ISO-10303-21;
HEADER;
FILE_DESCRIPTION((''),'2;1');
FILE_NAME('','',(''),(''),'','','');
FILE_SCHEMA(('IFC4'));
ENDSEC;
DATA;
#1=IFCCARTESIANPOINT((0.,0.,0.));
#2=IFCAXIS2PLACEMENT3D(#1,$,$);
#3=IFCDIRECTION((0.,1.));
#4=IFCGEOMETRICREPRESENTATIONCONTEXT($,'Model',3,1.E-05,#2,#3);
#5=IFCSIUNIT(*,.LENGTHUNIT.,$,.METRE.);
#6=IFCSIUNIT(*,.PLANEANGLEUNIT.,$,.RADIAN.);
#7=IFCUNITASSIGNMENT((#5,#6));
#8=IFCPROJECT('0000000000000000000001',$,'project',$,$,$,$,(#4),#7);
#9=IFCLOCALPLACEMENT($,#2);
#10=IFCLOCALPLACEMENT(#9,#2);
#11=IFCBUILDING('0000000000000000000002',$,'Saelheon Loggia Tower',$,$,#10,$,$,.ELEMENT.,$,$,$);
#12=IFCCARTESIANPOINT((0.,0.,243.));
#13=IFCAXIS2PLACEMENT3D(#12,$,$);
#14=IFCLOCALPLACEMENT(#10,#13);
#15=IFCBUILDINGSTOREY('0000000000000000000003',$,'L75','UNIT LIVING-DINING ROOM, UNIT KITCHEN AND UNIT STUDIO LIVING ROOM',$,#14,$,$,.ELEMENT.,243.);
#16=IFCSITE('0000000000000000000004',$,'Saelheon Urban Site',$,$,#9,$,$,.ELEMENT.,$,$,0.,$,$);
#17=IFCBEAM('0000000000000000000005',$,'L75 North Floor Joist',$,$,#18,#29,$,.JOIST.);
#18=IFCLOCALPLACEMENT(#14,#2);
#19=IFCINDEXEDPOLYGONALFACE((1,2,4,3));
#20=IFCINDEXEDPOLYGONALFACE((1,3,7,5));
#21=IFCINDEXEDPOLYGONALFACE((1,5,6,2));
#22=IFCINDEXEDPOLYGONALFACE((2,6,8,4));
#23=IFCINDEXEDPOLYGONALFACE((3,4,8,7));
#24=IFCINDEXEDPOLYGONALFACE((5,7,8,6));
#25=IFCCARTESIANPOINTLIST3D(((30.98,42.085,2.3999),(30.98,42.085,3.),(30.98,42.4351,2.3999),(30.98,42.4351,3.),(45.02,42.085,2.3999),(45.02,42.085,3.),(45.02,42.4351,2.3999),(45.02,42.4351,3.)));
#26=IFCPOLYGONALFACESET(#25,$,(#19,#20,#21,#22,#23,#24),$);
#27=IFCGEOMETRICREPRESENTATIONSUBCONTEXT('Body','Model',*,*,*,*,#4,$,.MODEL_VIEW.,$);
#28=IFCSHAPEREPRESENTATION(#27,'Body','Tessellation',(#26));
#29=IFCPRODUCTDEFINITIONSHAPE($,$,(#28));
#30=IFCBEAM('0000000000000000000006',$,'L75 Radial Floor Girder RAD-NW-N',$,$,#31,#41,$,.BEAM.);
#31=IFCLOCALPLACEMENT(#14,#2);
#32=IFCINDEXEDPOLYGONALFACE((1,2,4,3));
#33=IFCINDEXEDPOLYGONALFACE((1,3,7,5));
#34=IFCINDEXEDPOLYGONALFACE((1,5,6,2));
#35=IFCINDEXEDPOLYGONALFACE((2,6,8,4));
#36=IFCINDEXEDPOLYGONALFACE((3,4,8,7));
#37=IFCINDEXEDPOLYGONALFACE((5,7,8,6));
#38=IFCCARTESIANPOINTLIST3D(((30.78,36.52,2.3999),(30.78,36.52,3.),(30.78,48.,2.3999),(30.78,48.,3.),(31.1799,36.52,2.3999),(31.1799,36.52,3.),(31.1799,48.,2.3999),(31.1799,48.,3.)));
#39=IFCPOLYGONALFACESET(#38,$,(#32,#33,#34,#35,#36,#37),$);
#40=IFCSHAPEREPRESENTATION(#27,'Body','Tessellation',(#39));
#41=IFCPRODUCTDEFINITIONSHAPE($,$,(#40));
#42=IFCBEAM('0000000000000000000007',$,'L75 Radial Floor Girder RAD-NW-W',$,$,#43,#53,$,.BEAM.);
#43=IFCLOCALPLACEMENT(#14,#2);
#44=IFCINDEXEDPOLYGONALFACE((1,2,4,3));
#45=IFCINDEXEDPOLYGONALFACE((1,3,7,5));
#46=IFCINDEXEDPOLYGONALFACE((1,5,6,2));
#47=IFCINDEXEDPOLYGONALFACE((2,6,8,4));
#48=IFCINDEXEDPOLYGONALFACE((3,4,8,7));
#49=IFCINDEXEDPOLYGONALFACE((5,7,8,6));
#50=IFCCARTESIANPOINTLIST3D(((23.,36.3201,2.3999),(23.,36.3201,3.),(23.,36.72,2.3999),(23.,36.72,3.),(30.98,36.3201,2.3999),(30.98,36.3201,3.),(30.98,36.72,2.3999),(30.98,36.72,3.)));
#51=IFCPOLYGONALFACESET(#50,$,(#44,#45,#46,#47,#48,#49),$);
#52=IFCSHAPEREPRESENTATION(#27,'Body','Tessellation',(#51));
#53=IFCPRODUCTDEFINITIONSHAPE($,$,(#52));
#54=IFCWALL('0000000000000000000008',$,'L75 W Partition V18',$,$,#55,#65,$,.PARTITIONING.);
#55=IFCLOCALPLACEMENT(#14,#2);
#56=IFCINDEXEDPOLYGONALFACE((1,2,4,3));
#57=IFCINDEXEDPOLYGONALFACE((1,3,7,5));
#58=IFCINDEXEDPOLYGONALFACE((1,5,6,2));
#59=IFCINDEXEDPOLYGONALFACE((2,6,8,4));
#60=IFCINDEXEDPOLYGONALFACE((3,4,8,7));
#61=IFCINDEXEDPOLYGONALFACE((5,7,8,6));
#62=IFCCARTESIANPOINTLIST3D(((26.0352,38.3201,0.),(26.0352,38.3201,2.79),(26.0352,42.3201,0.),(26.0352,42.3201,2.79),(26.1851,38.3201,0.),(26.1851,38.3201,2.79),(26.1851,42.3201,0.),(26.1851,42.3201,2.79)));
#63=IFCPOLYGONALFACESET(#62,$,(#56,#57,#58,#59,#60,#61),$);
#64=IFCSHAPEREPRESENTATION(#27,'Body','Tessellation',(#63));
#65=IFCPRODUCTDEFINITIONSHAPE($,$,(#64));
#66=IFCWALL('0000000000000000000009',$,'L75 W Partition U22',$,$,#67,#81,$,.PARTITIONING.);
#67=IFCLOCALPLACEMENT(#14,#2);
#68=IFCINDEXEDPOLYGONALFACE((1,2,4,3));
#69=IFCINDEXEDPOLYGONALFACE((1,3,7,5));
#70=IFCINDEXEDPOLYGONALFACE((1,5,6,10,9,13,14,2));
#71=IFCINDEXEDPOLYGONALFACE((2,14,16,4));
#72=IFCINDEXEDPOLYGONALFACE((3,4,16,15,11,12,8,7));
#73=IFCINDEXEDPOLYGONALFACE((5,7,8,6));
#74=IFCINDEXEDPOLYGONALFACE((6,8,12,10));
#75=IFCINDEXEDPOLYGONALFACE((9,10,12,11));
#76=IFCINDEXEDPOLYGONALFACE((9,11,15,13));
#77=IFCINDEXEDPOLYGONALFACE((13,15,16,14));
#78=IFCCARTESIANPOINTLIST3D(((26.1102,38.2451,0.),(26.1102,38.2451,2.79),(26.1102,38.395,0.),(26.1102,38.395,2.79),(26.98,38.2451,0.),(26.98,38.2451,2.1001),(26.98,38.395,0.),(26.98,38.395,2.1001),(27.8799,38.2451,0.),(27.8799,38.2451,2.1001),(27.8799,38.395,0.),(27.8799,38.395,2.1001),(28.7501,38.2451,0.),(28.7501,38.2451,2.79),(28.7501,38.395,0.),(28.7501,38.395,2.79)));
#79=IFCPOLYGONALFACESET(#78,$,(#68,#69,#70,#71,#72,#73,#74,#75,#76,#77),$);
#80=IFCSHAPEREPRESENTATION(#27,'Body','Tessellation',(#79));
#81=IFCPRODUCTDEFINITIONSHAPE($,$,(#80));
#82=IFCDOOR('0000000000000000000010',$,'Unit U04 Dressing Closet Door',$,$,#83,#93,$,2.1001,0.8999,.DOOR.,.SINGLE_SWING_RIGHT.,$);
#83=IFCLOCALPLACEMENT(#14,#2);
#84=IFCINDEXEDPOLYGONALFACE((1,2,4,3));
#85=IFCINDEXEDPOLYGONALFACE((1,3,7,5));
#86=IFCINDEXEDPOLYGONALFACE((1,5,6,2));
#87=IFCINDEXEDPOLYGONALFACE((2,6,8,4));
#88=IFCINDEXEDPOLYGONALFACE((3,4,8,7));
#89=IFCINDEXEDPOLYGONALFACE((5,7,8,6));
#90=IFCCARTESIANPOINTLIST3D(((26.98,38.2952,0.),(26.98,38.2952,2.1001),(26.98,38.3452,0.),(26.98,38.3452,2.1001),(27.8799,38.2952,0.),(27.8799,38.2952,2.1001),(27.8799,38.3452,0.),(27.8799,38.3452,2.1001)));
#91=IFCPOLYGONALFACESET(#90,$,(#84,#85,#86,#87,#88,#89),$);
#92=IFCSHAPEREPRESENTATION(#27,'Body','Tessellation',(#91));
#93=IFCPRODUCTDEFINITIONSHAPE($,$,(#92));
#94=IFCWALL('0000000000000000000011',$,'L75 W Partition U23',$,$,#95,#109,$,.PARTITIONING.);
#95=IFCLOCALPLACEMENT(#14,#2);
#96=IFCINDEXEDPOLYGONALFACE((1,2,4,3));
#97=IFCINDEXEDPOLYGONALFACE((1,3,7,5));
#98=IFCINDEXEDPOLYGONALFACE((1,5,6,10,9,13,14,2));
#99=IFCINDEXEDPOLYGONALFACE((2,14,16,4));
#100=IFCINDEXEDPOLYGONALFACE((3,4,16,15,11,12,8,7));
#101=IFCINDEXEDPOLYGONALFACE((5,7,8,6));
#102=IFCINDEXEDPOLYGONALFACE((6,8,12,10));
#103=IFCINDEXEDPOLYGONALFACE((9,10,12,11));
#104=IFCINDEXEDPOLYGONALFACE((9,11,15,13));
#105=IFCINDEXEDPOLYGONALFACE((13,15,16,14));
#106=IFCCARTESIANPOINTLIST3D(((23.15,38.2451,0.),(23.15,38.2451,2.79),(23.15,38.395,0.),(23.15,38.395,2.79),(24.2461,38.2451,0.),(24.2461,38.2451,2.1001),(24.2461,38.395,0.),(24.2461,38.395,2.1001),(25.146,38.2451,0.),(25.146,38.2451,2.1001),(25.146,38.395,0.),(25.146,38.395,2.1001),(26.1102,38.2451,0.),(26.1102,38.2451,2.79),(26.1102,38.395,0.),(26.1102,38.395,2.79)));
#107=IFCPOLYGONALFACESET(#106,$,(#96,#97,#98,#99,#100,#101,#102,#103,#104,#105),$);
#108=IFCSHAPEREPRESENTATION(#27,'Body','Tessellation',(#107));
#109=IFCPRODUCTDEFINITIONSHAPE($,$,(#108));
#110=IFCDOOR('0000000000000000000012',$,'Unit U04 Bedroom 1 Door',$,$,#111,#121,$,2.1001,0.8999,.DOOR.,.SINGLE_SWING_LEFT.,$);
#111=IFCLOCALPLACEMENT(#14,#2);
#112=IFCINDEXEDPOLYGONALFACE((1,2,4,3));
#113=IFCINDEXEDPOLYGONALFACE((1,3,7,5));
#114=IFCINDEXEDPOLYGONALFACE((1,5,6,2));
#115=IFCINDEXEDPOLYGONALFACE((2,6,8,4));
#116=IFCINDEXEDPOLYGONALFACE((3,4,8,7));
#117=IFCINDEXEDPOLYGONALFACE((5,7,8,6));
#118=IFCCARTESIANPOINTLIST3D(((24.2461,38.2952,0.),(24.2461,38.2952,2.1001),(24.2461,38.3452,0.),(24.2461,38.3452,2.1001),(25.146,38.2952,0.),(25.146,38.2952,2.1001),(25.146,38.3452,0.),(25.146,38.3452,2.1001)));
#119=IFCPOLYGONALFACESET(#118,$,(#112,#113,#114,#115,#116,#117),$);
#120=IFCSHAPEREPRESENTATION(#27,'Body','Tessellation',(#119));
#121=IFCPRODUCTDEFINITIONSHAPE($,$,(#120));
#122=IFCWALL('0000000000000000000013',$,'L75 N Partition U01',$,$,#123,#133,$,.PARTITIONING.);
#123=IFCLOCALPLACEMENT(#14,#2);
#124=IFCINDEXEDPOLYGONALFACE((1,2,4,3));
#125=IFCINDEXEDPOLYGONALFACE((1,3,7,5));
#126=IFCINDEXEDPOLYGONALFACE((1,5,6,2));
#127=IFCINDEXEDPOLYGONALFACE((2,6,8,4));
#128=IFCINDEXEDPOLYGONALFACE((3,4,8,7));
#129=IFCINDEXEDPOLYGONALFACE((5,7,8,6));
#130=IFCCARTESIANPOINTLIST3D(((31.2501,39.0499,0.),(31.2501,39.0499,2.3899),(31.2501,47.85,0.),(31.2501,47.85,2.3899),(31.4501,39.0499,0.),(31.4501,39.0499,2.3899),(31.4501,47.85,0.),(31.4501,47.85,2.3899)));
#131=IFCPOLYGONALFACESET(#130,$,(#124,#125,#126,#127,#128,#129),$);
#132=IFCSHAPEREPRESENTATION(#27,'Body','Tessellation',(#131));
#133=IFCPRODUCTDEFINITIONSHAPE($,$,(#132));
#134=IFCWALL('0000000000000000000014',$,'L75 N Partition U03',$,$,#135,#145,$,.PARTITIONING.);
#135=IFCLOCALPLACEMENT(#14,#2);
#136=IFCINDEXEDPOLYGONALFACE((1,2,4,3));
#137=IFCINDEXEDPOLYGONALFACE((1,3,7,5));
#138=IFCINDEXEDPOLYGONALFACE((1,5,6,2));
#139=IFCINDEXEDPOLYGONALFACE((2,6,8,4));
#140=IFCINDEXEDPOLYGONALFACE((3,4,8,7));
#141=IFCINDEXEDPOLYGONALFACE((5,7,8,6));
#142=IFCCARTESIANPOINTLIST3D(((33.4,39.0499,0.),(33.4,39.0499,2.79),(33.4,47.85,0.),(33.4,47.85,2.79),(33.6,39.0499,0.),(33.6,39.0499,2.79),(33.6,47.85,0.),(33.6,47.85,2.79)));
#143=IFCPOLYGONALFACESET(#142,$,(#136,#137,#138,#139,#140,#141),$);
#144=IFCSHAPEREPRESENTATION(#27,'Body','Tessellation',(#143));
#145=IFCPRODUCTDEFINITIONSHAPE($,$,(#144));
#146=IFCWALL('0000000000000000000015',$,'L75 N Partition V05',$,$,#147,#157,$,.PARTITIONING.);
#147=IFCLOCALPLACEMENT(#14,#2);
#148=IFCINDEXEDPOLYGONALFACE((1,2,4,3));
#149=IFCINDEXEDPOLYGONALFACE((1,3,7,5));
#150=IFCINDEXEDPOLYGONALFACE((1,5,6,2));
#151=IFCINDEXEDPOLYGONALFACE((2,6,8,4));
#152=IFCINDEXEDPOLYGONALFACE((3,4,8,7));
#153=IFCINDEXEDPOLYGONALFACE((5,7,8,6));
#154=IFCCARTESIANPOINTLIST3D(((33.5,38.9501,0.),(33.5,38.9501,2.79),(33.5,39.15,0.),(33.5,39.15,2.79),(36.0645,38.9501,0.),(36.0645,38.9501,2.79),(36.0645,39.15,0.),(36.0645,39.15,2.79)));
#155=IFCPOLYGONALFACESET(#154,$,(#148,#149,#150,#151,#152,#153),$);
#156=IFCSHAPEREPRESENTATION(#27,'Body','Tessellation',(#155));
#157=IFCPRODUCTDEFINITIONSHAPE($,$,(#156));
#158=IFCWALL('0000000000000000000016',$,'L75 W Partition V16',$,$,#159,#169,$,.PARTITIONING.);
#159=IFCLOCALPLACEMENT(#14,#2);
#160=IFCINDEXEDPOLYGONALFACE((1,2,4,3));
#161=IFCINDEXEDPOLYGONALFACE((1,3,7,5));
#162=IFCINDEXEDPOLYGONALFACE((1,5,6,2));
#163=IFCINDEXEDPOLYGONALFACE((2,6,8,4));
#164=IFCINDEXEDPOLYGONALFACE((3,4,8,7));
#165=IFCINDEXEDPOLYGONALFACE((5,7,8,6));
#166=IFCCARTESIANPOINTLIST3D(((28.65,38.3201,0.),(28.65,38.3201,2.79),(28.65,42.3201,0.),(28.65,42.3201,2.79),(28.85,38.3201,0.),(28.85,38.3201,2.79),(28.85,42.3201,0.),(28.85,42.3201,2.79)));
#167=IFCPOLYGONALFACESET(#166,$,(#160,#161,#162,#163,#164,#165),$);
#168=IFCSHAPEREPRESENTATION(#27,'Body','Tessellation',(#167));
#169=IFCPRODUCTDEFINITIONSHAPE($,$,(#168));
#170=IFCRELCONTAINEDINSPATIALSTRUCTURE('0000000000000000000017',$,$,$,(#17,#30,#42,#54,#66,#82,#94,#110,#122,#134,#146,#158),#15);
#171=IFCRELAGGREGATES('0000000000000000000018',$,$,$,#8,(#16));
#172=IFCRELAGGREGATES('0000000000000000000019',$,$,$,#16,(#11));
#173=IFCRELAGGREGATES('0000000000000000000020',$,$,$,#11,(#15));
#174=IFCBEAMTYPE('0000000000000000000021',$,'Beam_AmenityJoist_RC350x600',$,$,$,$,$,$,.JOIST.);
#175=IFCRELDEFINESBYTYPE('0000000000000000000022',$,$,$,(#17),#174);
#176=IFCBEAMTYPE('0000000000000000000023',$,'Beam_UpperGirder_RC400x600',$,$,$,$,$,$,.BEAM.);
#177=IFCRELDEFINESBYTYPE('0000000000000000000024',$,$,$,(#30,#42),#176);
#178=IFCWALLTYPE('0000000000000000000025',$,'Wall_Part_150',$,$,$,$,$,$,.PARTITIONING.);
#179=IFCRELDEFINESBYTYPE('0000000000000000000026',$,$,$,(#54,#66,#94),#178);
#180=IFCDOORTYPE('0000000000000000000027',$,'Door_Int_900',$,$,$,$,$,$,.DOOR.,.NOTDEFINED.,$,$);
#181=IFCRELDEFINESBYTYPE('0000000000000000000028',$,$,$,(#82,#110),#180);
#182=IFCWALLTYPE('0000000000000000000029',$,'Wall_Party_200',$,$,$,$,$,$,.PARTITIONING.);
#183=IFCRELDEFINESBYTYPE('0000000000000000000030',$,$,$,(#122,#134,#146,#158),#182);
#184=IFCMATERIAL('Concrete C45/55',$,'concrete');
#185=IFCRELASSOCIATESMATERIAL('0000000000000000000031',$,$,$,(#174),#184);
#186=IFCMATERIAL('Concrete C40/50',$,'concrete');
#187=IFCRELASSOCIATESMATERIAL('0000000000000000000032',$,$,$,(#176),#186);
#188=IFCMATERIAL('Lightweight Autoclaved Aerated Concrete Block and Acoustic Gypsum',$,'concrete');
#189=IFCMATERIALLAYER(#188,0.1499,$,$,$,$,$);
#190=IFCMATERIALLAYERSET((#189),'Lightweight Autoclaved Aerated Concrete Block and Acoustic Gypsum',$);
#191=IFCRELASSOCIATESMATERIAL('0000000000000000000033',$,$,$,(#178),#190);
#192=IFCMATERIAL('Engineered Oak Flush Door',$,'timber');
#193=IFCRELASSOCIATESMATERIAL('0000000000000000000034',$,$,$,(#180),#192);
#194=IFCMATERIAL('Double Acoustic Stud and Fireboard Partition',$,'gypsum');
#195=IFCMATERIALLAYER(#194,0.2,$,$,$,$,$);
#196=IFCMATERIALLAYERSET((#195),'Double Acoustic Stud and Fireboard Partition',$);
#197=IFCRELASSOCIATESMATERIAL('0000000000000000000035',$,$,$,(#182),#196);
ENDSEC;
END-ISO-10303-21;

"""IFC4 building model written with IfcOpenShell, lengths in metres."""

from ifc_helpers import new_model, si_unit, direction, frame, frame_2d, origin, origin_2d, place, context, subcontext, project, spatial, rectangle, extrude, source, transform, mapped, material, layer, layer_set, material_profile, profile_set, type_object, element, fill, save


model = new_model("IFC4")

# Units and contexts
model_context = context("Model", 3, precision=1e-05, world=origin(), true_north=direction((0.0, 1.0)))
body_context = subcontext(model_context, "Body", "Model", "MODEL_VIEW")
ifc_project = project(units=[si_unit("LENGTHUNIT", "METRE"), si_unit("PLANEANGLEUNIT", "RADIAN")], contexts=[model_context])

# Site, building, storey
site_placement = place(None, origin())
site = spatial("IfcSite", under=ifc_project, at=site_placement, Name="Saelheon Urban Site", CompositionType="ELEMENT", RefElevation=0.0)
building_placement = place(site_placement, origin())
building = spatial("IfcBuilding", under=site, at=building_placement, Name="Saelheon Loggia Tower", CompositionType="ELEMENT")
storey_placement = place(building_placement, frame((0.0, 0.0, 243.0)))
storey = spatial("IfcBuildingStorey", under=building, at=storey_placement, Name="L75", Description="UNIT LIVING-DINING ROOM, UNIT KITCHEN AND UNIT STUDIO LIVING ROOM", CompositionType="ELEMENT", Elevation=243.0)

# Beams
ifc_material_1 = material(Name="Concrete C45/55", Category="concrete")
ifc_material_profile_1 = material_profile(ifc_material_1, rectangle(XDim=0.3501, YDim=0.6001, at=origin_2d()), Name="RC-350x600")
ifc_profile_set_1 = profile_set([ifc_material_profile_1], Name="Concrete C45/55")
beam_type_1 = type_object("IfcBeamType", Name="Beam_AmenityJoist_RC350x600", PredefinedType="JOIST", material=ifc_profile_set_1)
shared_shape_1 = source(origin(), body_context, "Body", "SweptSolid", [
    extrude(rectangle(XDim=0.3501, YDim=0.6001, at=origin_2d()), origin(), (0.0, 0.0, 1.0), 14.04),
])
beam_1_placement = place(storey_placement, frame((30.98, 42.26, 2.7), z_axis=(1.0, 0.0, 0.0), x_axis=(0.0, 1.0, 0.0)))
element("IfcBeam", 1, at=beam_1_placement, inside=storey, type_object=beam_type_1, Name="L75 North Floor Joist", PredefinedType="JOIST", context=body_context, shape_type="MappedRepresentation", body=[
    mapped(shared_shape_1, transform((0.0, 0.0, 0.0), scale=1.0)),
])
ifc_material_2 = material(Name="Concrete C40/50", Category="concrete")
ifc_material_profile_2 = material_profile(ifc_material_2, rectangle(XDim=0.3999, YDim=0.6001, at=origin_2d()), Name="RC-400x600")
ifc_profile_set_2 = profile_set([ifc_material_profile_2], Name="Concrete C40/50")
beam_type_2 = type_object("IfcBeamType", Name="Beam_UpperGirder_RC400x600", PredefinedType="BEAM", material=ifc_profile_set_2)
shared_shape_2 = source(origin(), body_context, "Body", "SweptSolid", [
    extrude(rectangle(XDim=0.3999, YDim=0.6001, at=origin_2d()), origin(), (0.0, 0.0, 1.0), 11.48),
])
beam_2_placement = place(storey_placement, frame((30.98, 36.52, 2.7), z_axis=(0.0, 1.0, 0.0), x_axis=(-1.0, 0.0, 0.0)))
element("IfcBeam", 2, at=beam_2_placement, inside=storey, type_object=beam_type_2, Name="L75 Radial Floor Girder RAD-NW-N", PredefinedType="BEAM", context=body_context, shape_type="MappedRepresentation", body=[
    mapped(shared_shape_2, transform((0.0, 0.0, 0.0), scale=1.0)),
])
shared_shape_3 = source(origin(), body_context, "Body", "SweptSolid", [
    extrude(rectangle(XDim=0.3999, YDim=0.6001, at=origin_2d()), origin(), (0.0, 0.0, 1.0), 7.98),
])
beam_3_placement = place(storey_placement, frame((30.98, 36.52, 2.7), z_axis=(-1.0, 0.0, 0.0), x_axis=(0.0, -1.0, 0.0)))
element("IfcBeam", 3, at=beam_3_placement, inside=storey, type_object=beam_type_2, Name="L75 Radial Floor Girder RAD-NW-W", PredefinedType="BEAM", context=body_context, shape_type="MappedRepresentation", body=[
    mapped(shared_shape_3, transform((0.0, 0.0, 0.0), scale=1.0)),
])

# Wall
ifc_material_3 = material(Name="Lightweight Autoclaved Aerated Concrete Block and Acoustic Gypsum", Category="concrete")
ifc_layer_1 = layer(ifc_material_3, 0.1499)
ifc_layer_set_1 = layer_set([ifc_layer_1], Name="Lightweight Autoclaved Aerated Concrete Block and Acoustic Gypsum")
wall_type_1 = type_object("IfcWallType", Name="Wall_Part_150", PredefinedType="PARTITIONING", material=ifc_layer_set_1)
wall_1_placement = place(storey_placement, frame((26.1101, 38.3201, 0.0), z_axis=(0.0, 0.0, 1.0), x_axis=(0.0, 1.0, 0.0)))
element("IfcWall", 4, at=wall_1_placement, inside=storey, type_object=wall_type_1, Name="L75 W Partition V18", PredefinedType="PARTITIONING", context=body_context, shape_type="SweptSolid", body=[
    extrude(rectangle(XDim=4.0, YDim=0.1499, at=frame_2d((2.0, 0.0))), origin(), (0.0, 0.0, 1.0), 2.79),
])

# Walls, openings, doors
wall_2_placement = place(storey_placement, frame((28.75, 38.3201, 0.0), z_axis=(0.0, 0.0, 1.0), x_axis=(-1.0, 0.0, 0.0)))
wall_2 = element("IfcWall", 5, at=wall_2_placement, inside=storey, type_object=wall_type_1, Name="L75 W Partition U22", PredefinedType="PARTITIONING", context=body_context, shape_type="SweptSolid", body=[
    extrude(rectangle(XDim=2.6399, YDim=0.1499, at=frame_2d((1.3198, 0.0))), origin(), (0.0, 0.0, 1.0), 2.79),
])
opening_1_placement = place(wall_2_placement, frame((0.8701, 0.0, 0.0)))
opening_1 = element("IfcOpeningElement", 6, at=opening_1_placement, cuts=wall_2, PredefinedType="OPENING", context=body_context, shape_type="SweptSolid", body=[
    extrude(rectangle(XDim=0.8999, YDim=2.1001, at=frame_2d((0.45, 1.05))), frame((0.0, 0.0869, 0.0), z_axis=(0.0, -1.0, 0.0), x_axis=(1.0, 0.0, 0.0)), (0.0, 0.0, 1.0), 0.1738),
])
ifc_material_4 = material(Name="Engineered Oak Flush Door", Category="timber")
door_type_1 = type_object("IfcDoorType", Name="Door_Int_900", OperationType="NOTDEFINED", PredefinedType="DOOR", material=ifc_material_4)
shared_shape_4 = source(origin(), body_context, "Body", "SweptSolid", [
    extrude(rectangle(XDim=0.8999, YDim=2.1001, at=frame_2d((0.45, 1.05))), frame((0.0, 0.0249, 0.0), z_axis=(0.0, -1.0, 0.0), x_axis=(1.0, 0.0, 0.0)), (0.0, 0.0, 1.0), 0.05),
])
door_1_placement = place(opening_1_placement, origin())
door_1 = element("IfcDoor", 7, at=door_1_placement, inside=storey, type_object=door_type_1, Name="Unit U04 Dressing Closet Door", OperationType="SINGLE_SWING_RIGHT", OverallHeight=2.1001, OverallWidth=0.8999, PredefinedType="DOOR", context=body_context, shape_type="MappedRepresentation", body=[
    mapped(shared_shape_4, transform((0.0, 0.0, 0.0), scale=1.0)),
])
fill(opening_1, door_1)
wall_3_placement = place(storey_placement, frame((26.1101, 38.3201, 0.0), z_axis=(0.0, 0.0, 1.0), x_axis=(-1.0, 0.0, 0.0)))
wall_3 = element("IfcWall", 8, at=wall_3_placement, inside=storey, type_object=wall_type_1, Name="L75 W Partition U23", PredefinedType="PARTITIONING", context=body_context, shape_type="SweptSolid", body=[
    extrude(rectangle(XDim=2.9602, YDim=0.1499, at=frame_2d((1.48, 0.0))), origin(), (0.0, 0.0, 1.0), 2.79),
])
opening_2_placement = place(wall_3_placement, frame((0.9641, 0.0, 0.0)))
opening_2 = element("IfcOpeningElement", 9, at=opening_2_placement, cuts=wall_3, PredefinedType="OPENING", context=body_context, shape_type="SweptSolid", body=[
    extrude(rectangle(XDim=0.8999, YDim=2.1001, at=frame_2d((0.45, 1.05))), frame((0.0, 0.0869, 0.0), z_axis=(0.0, -1.0, 0.0), x_axis=(1.0, 0.0, 0.0)), (0.0, 0.0, 1.0), 0.1738),
])
door_2_placement = place(opening_2_placement, origin())
door_2 = element("IfcDoor", 10, at=door_2_placement, inside=storey, type_object=door_type_1, Name="Unit U04 Bedroom 1 Door", OperationType="SINGLE_SWING_LEFT", OverallHeight=2.1001, OverallWidth=0.8999, PredefinedType="DOOR", context=body_context, shape_type="MappedRepresentation", body=[
    mapped(shared_shape_4, transform((0.0, 0.0, 0.0), scale=1.0)),
])
fill(opening_2, door_2)

# Walls
ifc_material_5 = material(Name="Double Acoustic Stud and Fireboard Partition", Category="gypsum")
ifc_layer_2 = layer(ifc_material_5, 0.2)
ifc_layer_set_2 = layer_set([ifc_layer_2], Name="Double Acoustic Stud and Fireboard Partition")
wall_type_2 = type_object("IfcWallType", Name="Wall_Party_200", PredefinedType="PARTITIONING", material=ifc_layer_set_2)
wall_4_placement = place(storey_placement, frame((31.3501, 39.05, 0.0), z_axis=(0.0, 0.0, 1.0), x_axis=(0.0, 1.0, 0.0)))
element("IfcWall", 11, at=wall_4_placement, inside=storey, type_object=wall_type_2, Name="L75 N Partition U01", PredefinedType="PARTITIONING", context=body_context, shape_type="SweptSolid", body=[
    extrude(rectangle(XDim=8.8, YDim=0.2, at=frame_2d((4.3999, 0.0))), origin(), (0.0, 0.0, 1.0), 2.3899),
])
wall_5_placement = place(storey_placement, frame((33.5, 39.05, 0.0), z_axis=(0.0, 0.0, 1.0), x_axis=(0.0, 1.0, 0.0)))
element("IfcWall", 12, at=wall_5_placement, inside=storey, type_object=wall_type_2, Name="L75 N Partition U03", PredefinedType="PARTITIONING", context=body_context, shape_type="SweptSolid", body=[
    extrude(rectangle(XDim=8.8, YDim=0.2, at=frame_2d((4.3999, 0.0))), origin(), (0.0, 0.0, 1.0), 2.79),
])
wall_6_placement = place(storey_placement, frame((33.5, 39.05, 0.0), z_axis=(0.0, 0.0, 1.0), x_axis=(1.0, 0.0, 0.0)))
element("IfcWall", 13, at=wall_6_placement, inside=storey, type_object=wall_type_2, Name="L75 N Partition V05", PredefinedType="PARTITIONING", context=body_context, shape_type="SweptSolid", body=[
    extrude(rectangle(XDim=2.5645, YDim=0.2, at=frame_2d((1.2822, 0.0))), origin(), (0.0, 0.0, 1.0), 2.79),
])
wall_7_placement = place(storey_placement, frame((28.75, 38.3201, 0.0), z_axis=(0.0, 0.0, 1.0), x_axis=(0.0, 1.0, 0.0)))
element("IfcWall", 14, at=wall_7_placement, inside=storey, type_object=wall_type_2, Name="L75 W Partition V16", PredefinedType="PARTITIONING", context=body_context, shape_type="SweptSolid", body=[
    extrude(rectangle(XDim=4.0, YDim=0.2, at=frame_2d((2.0, 0.0))), origin(), (0.0, 0.0, 1.0), 2.79),
])

save(model, "model.ifc")
